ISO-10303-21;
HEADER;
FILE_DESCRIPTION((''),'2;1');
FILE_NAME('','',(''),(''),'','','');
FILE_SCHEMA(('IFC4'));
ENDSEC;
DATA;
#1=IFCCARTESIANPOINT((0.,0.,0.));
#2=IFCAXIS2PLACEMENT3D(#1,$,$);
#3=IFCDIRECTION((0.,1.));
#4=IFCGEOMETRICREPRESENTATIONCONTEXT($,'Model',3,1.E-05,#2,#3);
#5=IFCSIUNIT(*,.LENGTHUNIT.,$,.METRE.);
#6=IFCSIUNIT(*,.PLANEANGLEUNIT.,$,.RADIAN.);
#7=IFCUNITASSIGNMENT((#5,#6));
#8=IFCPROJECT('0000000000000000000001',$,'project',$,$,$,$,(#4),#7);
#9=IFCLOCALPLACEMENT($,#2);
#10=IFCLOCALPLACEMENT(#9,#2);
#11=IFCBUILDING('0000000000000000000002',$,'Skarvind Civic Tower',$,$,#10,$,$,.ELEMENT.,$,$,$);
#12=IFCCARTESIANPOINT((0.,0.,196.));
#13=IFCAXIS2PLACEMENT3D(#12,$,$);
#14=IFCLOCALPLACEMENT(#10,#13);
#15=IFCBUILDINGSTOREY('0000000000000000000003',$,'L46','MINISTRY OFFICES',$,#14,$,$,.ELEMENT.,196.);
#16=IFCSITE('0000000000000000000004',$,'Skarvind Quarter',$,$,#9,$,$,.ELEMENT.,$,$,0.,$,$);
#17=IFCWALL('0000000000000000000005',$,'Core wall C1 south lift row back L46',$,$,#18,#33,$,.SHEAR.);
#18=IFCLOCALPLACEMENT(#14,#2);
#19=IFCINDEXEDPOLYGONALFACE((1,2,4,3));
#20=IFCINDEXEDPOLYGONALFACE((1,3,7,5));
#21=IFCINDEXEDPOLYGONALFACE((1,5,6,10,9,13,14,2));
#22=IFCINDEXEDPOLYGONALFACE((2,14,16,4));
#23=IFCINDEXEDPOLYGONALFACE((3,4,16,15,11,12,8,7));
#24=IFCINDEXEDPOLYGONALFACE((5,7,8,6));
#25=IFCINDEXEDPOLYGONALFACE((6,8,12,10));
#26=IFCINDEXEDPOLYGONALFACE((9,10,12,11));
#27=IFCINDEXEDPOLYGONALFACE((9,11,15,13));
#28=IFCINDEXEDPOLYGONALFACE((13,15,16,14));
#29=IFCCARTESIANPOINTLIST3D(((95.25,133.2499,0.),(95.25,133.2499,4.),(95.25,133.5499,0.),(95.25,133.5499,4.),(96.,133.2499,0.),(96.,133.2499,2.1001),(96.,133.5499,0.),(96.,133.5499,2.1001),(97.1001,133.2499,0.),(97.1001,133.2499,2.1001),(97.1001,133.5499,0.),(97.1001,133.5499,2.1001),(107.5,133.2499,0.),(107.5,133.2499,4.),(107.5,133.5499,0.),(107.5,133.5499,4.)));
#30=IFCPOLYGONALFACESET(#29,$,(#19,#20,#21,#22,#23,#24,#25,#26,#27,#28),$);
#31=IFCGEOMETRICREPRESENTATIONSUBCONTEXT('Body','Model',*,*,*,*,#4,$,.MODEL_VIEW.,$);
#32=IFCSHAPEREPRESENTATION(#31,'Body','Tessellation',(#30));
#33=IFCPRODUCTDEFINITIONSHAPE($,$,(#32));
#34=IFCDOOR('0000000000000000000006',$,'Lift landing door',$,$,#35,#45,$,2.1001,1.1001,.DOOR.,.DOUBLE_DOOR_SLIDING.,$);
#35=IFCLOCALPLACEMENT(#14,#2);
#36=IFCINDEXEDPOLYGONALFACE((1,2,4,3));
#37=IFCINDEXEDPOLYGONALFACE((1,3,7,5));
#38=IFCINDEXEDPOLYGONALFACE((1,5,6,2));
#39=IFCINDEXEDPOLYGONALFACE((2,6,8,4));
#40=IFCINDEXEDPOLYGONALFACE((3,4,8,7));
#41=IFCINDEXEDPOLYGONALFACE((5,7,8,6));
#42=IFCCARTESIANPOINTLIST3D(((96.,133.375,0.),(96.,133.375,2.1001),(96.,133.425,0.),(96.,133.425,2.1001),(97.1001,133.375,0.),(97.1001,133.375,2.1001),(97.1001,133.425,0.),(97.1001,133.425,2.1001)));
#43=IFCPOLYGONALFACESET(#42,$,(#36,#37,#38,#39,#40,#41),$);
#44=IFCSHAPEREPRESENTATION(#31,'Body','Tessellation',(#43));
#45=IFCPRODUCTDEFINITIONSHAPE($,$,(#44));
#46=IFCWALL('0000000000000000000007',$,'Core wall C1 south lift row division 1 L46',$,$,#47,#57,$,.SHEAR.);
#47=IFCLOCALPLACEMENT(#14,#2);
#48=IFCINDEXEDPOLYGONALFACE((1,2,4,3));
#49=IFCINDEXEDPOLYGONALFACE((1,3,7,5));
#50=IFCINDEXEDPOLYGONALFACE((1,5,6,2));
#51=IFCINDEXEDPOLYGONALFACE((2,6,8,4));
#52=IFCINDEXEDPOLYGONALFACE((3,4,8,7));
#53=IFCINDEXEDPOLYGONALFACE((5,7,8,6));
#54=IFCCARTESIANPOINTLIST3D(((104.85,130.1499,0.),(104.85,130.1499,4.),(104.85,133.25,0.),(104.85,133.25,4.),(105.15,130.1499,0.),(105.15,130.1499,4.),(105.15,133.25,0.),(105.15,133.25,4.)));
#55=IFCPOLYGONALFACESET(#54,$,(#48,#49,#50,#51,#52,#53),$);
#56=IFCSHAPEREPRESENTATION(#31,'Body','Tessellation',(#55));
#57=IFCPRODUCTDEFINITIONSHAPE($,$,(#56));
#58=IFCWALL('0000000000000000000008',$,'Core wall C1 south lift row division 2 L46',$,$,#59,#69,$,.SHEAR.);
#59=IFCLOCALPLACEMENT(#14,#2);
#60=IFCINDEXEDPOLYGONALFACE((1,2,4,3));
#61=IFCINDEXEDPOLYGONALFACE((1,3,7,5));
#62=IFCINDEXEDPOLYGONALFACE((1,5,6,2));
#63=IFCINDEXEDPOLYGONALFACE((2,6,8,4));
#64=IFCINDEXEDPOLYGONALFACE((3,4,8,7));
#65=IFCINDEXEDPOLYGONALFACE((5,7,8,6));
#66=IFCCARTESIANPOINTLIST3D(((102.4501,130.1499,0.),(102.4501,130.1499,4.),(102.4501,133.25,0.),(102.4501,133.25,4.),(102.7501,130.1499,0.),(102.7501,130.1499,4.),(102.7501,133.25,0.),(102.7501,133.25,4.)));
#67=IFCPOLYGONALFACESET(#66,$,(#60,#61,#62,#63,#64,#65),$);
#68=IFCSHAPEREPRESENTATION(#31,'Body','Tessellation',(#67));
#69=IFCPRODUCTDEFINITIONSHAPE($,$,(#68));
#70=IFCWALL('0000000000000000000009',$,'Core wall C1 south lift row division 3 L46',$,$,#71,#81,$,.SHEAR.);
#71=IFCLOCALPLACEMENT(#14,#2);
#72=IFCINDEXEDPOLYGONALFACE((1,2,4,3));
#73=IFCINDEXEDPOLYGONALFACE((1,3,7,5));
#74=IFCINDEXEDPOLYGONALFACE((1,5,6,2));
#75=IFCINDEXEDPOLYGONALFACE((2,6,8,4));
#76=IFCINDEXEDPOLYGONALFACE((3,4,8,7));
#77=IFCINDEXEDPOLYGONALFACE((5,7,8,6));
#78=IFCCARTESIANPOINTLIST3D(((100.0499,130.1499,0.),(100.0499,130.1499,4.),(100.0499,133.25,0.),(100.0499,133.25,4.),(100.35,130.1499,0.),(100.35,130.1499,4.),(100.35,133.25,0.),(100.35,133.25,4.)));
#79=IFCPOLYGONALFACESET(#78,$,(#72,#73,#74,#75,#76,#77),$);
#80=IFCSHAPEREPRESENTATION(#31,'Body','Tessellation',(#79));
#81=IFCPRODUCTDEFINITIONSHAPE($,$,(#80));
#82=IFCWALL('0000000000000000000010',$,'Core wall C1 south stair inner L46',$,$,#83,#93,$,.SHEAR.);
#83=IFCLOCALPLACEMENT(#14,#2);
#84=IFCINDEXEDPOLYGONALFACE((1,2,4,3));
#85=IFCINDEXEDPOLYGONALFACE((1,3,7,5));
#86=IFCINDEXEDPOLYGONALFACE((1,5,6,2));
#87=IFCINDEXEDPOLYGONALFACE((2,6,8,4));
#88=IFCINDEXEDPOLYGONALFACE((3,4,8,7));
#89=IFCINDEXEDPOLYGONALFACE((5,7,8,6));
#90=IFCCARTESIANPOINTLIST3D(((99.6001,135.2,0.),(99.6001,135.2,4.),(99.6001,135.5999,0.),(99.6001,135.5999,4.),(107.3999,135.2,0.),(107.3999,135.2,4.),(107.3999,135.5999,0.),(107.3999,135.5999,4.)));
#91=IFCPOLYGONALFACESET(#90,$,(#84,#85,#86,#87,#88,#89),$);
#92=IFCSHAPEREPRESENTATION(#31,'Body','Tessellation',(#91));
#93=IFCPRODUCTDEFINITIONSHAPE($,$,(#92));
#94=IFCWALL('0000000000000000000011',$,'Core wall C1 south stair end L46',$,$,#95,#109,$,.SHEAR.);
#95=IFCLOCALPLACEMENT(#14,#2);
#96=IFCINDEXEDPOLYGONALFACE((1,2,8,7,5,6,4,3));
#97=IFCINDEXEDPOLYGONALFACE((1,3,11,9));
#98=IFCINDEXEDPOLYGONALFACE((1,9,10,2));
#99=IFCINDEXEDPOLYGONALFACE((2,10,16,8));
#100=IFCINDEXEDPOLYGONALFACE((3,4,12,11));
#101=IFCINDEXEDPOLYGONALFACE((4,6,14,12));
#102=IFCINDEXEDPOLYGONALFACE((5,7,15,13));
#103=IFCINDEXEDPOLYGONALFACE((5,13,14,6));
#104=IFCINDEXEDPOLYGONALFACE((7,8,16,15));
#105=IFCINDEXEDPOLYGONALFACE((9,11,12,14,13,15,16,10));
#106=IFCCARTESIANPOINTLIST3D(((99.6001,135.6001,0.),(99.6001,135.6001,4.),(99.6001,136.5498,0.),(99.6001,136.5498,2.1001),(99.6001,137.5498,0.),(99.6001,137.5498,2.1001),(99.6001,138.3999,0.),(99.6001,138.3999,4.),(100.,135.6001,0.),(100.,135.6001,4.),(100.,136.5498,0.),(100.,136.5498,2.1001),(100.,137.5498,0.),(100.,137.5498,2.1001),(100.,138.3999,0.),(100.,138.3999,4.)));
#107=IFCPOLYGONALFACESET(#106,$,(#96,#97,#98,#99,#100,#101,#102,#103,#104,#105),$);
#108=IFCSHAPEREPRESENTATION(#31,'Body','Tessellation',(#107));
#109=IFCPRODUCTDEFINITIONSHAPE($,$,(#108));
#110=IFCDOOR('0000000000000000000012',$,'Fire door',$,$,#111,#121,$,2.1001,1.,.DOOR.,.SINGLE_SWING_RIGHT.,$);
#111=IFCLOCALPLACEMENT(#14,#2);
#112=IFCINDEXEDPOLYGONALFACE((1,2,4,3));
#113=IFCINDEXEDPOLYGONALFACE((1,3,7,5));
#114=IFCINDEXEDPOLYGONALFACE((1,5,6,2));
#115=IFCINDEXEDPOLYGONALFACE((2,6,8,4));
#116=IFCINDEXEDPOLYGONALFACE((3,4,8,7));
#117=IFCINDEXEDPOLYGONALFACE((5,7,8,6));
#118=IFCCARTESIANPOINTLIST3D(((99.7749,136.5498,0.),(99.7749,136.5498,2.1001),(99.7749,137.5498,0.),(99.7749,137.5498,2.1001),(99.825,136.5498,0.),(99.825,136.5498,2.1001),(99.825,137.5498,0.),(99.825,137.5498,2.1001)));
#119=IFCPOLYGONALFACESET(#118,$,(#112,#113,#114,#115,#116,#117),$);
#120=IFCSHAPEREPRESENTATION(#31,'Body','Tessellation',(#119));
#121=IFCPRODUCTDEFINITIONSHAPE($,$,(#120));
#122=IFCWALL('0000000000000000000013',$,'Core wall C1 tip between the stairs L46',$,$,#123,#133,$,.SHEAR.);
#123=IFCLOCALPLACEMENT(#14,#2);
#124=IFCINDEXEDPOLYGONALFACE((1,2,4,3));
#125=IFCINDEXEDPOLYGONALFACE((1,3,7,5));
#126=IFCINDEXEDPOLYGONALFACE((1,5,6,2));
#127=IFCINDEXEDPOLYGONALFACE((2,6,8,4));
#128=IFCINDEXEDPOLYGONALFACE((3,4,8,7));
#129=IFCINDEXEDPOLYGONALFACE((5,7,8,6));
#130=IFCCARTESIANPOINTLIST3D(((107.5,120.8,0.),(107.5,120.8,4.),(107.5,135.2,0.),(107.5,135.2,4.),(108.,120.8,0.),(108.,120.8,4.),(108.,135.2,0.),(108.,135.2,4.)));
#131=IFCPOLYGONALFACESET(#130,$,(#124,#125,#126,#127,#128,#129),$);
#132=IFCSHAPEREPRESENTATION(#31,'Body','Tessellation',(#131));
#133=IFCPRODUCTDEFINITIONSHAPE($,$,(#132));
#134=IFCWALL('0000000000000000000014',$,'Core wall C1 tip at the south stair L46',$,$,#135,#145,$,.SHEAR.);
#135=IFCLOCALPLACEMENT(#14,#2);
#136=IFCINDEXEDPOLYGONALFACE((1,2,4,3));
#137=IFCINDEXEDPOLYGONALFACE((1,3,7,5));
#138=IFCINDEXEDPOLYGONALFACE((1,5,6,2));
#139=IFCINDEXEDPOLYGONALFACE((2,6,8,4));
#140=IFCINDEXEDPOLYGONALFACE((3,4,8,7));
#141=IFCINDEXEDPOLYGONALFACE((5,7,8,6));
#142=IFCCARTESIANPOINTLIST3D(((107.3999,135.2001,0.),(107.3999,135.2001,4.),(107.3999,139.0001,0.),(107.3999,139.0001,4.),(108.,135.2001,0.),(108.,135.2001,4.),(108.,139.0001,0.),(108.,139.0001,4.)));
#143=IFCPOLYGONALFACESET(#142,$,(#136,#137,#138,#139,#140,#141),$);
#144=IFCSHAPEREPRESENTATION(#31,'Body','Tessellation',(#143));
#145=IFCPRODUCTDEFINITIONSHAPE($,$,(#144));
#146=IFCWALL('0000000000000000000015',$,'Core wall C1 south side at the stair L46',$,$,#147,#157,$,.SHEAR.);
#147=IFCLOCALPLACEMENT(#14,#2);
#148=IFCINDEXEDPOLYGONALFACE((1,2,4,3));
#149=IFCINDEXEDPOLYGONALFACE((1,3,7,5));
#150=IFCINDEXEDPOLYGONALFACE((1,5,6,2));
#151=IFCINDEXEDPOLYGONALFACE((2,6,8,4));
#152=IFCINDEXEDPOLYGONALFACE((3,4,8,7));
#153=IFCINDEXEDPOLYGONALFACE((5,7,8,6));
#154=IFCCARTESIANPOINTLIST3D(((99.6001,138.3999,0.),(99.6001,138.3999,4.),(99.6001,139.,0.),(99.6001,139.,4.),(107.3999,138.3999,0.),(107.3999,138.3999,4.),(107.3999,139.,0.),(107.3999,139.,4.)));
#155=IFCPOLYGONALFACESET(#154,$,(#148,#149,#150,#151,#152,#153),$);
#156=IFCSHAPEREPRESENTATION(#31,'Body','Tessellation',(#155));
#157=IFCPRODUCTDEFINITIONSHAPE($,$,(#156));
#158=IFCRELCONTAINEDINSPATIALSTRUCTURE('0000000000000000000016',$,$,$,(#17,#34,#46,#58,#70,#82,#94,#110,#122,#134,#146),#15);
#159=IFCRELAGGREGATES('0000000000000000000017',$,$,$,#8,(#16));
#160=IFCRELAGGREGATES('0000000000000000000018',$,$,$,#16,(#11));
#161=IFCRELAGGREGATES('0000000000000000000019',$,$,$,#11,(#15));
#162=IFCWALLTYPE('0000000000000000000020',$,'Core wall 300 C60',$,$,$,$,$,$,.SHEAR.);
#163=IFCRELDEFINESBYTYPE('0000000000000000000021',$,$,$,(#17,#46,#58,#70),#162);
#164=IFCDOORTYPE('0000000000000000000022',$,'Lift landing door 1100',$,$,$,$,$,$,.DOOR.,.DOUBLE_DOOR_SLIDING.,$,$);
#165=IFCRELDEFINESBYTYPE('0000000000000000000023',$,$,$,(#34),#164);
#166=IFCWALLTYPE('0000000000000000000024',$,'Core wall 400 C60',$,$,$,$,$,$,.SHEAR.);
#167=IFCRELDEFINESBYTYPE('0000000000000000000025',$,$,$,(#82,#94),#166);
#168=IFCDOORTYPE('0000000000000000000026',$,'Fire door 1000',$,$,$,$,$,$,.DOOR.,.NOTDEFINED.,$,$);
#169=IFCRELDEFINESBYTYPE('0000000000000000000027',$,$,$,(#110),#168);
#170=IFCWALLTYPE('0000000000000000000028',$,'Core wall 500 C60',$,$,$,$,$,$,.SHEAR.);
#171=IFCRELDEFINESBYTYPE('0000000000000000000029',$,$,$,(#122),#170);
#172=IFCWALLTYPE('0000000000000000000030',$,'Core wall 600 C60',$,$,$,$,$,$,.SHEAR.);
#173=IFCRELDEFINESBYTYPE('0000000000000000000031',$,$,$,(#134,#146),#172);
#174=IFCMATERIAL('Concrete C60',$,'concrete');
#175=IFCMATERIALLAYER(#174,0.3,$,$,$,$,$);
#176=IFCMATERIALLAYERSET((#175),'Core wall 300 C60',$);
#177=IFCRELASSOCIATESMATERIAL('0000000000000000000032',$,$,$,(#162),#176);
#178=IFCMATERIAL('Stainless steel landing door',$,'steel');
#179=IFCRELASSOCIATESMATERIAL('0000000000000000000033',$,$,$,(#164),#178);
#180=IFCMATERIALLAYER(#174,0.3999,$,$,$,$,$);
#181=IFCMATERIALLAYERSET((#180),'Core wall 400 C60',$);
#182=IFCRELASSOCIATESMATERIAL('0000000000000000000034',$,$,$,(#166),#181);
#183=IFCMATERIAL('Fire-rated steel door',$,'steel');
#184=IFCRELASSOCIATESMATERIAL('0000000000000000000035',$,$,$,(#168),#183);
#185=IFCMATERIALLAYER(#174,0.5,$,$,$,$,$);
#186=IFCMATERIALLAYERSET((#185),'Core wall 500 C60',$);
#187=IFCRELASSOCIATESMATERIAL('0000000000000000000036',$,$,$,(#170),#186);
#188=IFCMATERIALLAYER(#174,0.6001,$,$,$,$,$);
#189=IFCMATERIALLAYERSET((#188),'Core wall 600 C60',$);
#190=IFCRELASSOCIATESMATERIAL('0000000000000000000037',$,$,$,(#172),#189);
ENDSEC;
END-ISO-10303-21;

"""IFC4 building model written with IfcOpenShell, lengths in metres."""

from ifc_helpers import new_model, si_unit, direction, frame, frame_2d, origin, place, context, subcontext, project, spatial, rectangle, extrude, material, layer, layer_set, type_object, element, fill, save


model = new_model("IFC4")

# Units and contexts
model_context = context("Model", 3, precision=1e-05, world=origin(), true_north=direction((0.0, 1.0)))
body_context = subcontext(model_context, "Body", "Model", "MODEL_VIEW")
ifc_project = project(units=[si_unit("LENGTHUNIT", "METRE"), si_unit("PLANEANGLEUNIT", "RADIAN")], contexts=[model_context])

# Site, building, storey
site_placement = place(None, origin())
site = spatial("IfcSite", under=ifc_project, at=site_placement, Name="Skarvind Quarter", CompositionType="ELEMENT", RefElevation=0.0)
building_placement = place(site_placement, origin())
building = spatial("IfcBuilding", under=site, at=building_placement, Name="Skarvind Civic Tower", CompositionType="ELEMENT")
storey_placement = place(building_placement, frame((0.0, 0.0, 196.0)))
storey = spatial("IfcBuildingStorey", under=building, at=storey_placement, Name="L46", Description="MINISTRY OFFICES", CompositionType="ELEMENT", Elevation=196.0)

# Wall, opening, door
ifc_material_1 = material(Name="Concrete C60", Category="concrete")
ifc_layer_1 = layer(ifc_material_1, 0.3)
ifc_layer_set_1 = layer_set([ifc_layer_1], Name="Core wall 300 C60")
wall_type_1 = type_object("IfcWallType", Name="Core wall 300 C60", PredefinedType="SHEAR", material=ifc_layer_set_1)
wall_1_placement = place(storey_placement, frame((107.5, 133.3999, 0.0), z_axis=(0.0, 0.0, 1.0), x_axis=(-1.0, 0.0, 0.0)))
wall_1 = element("IfcWall", 1, at=wall_1_placement, inside=storey, type_object=wall_type_1, Name="Core wall C1 south lift row back L46", PredefinedType="SHEAR", context=body_context, shape_type="SweptSolid", body=[
    extrude(rectangle(XDim=12.25, YDim=0.3, at=frame_2d((6.125, 0.0))), origin(), (0.0, 0.0, 1.0), 4.0),
])
opening_1_placement = place(wall_1_placement, frame((10.3999, 0.0, 0.0)))
opening_1 = element("IfcOpeningElement", 2, at=opening_1_placement, cuts=wall_1, PredefinedType="OPENING", context=body_context, shape_type="SweptSolid", body=[
    extrude(rectangle(XDim=1.1001, YDim=2.1001, at=frame_2d((0.55, 1.05))), frame((0.0, 0.1599, 0.0), z_axis=(0.0, -1.0, 0.0), x_axis=(1.0, 0.0, 0.0)), (0.0, 0.0, 1.0), 0.3201),
])
ifc_material_2 = material(Name="Stainless steel landing door", Category="steel")
door_type_1 = type_object("IfcDoorType", Name="Lift landing door 1100", OperationType="DOUBLE_DOOR_SLIDING", PredefinedType="DOOR", material=ifc_material_2)
door_1_placement = place(opening_1_placement, origin())
door_1 = element("IfcDoor", 3, at=door_1_placement, inside=storey, type_object=door_type_1, Name="Lift landing door", OperationType="DOUBLE_DOOR_SLIDING", OverallHeight=2.1001, OverallWidth=1.1001, PredefinedType="DOOR", context=body_context, shape_type="SweptSolid", body=[
    extrude(rectangle(XDim=1.1001, YDim=2.1001, at=frame_2d((0.55, 1.05))), frame((0.0, 0.0249, 0.0), z_axis=(0.0, -1.0, 0.0), x_axis=(1.0, 0.0, 0.0)), (0.0, 0.0, 1.0), 0.05),
])
fill(opening_1, door_1)

# Walls
for number, where, z_axis, x_axis, name in (
    (4, (105.0, 133.25, 0.0), (0.0, 0.0, 1.0), (0.0, -1.0, 0.0), "Core wall C1 south lift row division 1 L46"),
    (5, (102.6001, 133.25, 0.0), (0.0, 0.0, 1.0), (0.0, -1.0, 0.0), "Core wall C1 south lift row division 2 L46"),
    (6, (100.2, 133.25, 0.0), (0.0, 0.0, 1.0), (0.0, -1.0, 0.0), "Core wall C1 south lift row division 3 L46"),
):
    element("IfcWall", number, at=place(storey_placement, frame(where, z_axis=z_axis, x_axis=x_axis)), inside=storey, type_object=wall_type_1, Name=name, PredefinedType="SHEAR", context=body_context, shape_type="SweptSolid", body=[
        extrude(rectangle(XDim=3.1001, YDim=0.3, at=frame_2d((1.55, 0.0))), origin(), (0.0, 0.0, 1.0), 4.0),
    ])
ifc_layer_2 = layer(ifc_material_1, 0.3999)
ifc_layer_set_2 = layer_set([ifc_layer_2], Name="Core wall 400 C60")
wall_type_2 = type_object("IfcWallType", Name="Core wall 400 C60", PredefinedType="SHEAR", material=ifc_layer_set_2)
wall_2_placement = place(storey_placement, frame((107.3999, 135.3999, 0.0), z_axis=(0.0, 0.0, 1.0), x_axis=(-1.0, 0.0, 0.0)))
element("IfcWall", 7, at=wall_2_placement, inside=storey, type_object=wall_type_2, Name="Core wall C1 south stair inner L46", PredefinedType="SHEAR", context=body_context, shape_type="SweptSolid", body=[
    extrude(rectangle(XDim=7.7998, YDim=0.3999, at=frame_2d((3.8999, 0.0))), origin(), (0.0, 0.0, 1.0), 4.0),
])

# Wall, opening, door
wall_3_placement = place(storey_placement, frame((99.8, 138.3999, 0.0), z_axis=(0.0, 0.0, 1.0), x_axis=(0.0, -1.0, 0.0)))
wall_3 = element("IfcWall", 8, at=wall_3_placement, inside=storey, type_object=wall_type_2, Name="Core wall C1 south stair end L46", PredefinedType="SHEAR", context=body_context, shape_type="SweptSolid", body=[
    extrude(rectangle(XDim=2.7998, YDim=0.3999, at=frame_2d((1.3999, 0.0))), origin(), (0.0, 0.0, 1.0), 4.0),
])
opening_2_placement = place(wall_3_placement, frame((0.8501, 0.0, 0.0)))
opening_2 = element("IfcOpeningElement", 9, at=opening_2_placement, cuts=wall_3, PredefinedType="OPENING", context=body_context, shape_type="SweptSolid", body=[
    extrude(rectangle(XDim=1.0, YDim=2.1001, at=frame_2d((0.5, 1.05))), frame((0.0, 0.21, 0.0), z_axis=(0.0, -1.0, 0.0), x_axis=(1.0, 0.0, 0.0)), (0.0, 0.0, 1.0), 0.4199),
])
ifc_material_3 = material(Name="Fire-rated steel door", Category="steel")
door_type_2 = type_object("IfcDoorType", Name="Fire door 1000", OperationType="NOTDEFINED", PredefinedType="DOOR", material=ifc_material_3)
door_2_placement = place(opening_2_placement, origin())
door_2 = element("IfcDoor", 10, at=door_2_placement, inside=storey, type_object=door_type_2, Name="Fire door", OperationType="SINGLE_SWING_RIGHT", OverallHeight=2.1001, OverallWidth=1.0, PredefinedType="DOOR", context=body_context, shape_type="SweptSolid", body=[
    extrude(rectangle(XDim=1.0, YDim=2.1001, at=frame_2d((0.5, 1.05))), frame((0.0, 0.0249, 0.0), z_axis=(0.0, -1.0, 0.0), x_axis=(1.0, 0.0, 0.0)), (0.0, 0.0, 1.0), 0.05),
])
fill(opening_2, door_2)

# Walls
ifc_layer_3 = layer(ifc_material_1, 0.5)
ifc_layer_set_3 = layer_set([ifc_layer_3], Name="Core wall 500 C60")
wall_type_3 = type_object("IfcWallType", Name="Core wall 500 C60", PredefinedType="SHEAR", material=ifc_layer_set_3)
wall_4_placement = place(storey_placement, frame((107.75, 135.2, 0.0), z_axis=(0.0, 0.0, 1.0), x_axis=(0.0, -1.0, 0.0)))
element("IfcWall", 11, at=wall_4_placement, inside=storey, type_object=wall_type_3, Name="Core wall C1 tip between the stairs L46", PredefinedType="SHEAR", context=body_context, shape_type="SweptSolid", body=[
    extrude(rectangle(XDim=14.3999, YDim=0.5, at=frame_2d((7.2, 0.0))), origin(), (0.0, 0.0, 1.0), 4.0),
])
ifc_layer_4 = layer(ifc_material_1, 0.6001)
ifc_layer_set_4 = layer_set([ifc_layer_4], Name="Core wall 600 C60")
wall_type_4 = type_object("IfcWallType", Name="Core wall 600 C60", PredefinedType="SHEAR", material=ifc_layer_set_4)
wall_5_placement = place(storey_placement, frame((107.7, 139.0, 0.0), z_axis=(0.0, 0.0, 1.0), x_axis=(0.0, -1.0, 0.0)))
element("IfcWall", 12, at=wall_5_placement, inside=storey, type_object=wall_type_4, Name="Core wall C1 tip at the south stair L46", PredefinedType="SHEAR", context=body_context, shape_type="SweptSolid", body=[
    extrude(rectangle(XDim=3.8, YDim=0.6001, at=frame_2d((1.8999, 0.0))), origin(), (0.0, 0.0, 1.0), 4.0),
])
wall_6_placement = place(storey_placement, frame((107.3999, 138.7, 0.0), z_axis=(0.0, 0.0, 1.0), x_axis=(-1.0, 0.0, 0.0)))
element("IfcWall", 13, at=wall_6_placement, inside=storey, type_object=wall_type_4, Name="Core wall C1 south side at the stair L46", PredefinedType="SHEAR", context=body_context, shape_type="SweptSolid", body=[
    extrude(rectangle(XDim=7.7998, YDim=0.6001, at=frame_2d((3.8999, 0.0))), origin(), (0.0, 0.0, 1.0), 4.0),
])

save(model, "model.ifc")
